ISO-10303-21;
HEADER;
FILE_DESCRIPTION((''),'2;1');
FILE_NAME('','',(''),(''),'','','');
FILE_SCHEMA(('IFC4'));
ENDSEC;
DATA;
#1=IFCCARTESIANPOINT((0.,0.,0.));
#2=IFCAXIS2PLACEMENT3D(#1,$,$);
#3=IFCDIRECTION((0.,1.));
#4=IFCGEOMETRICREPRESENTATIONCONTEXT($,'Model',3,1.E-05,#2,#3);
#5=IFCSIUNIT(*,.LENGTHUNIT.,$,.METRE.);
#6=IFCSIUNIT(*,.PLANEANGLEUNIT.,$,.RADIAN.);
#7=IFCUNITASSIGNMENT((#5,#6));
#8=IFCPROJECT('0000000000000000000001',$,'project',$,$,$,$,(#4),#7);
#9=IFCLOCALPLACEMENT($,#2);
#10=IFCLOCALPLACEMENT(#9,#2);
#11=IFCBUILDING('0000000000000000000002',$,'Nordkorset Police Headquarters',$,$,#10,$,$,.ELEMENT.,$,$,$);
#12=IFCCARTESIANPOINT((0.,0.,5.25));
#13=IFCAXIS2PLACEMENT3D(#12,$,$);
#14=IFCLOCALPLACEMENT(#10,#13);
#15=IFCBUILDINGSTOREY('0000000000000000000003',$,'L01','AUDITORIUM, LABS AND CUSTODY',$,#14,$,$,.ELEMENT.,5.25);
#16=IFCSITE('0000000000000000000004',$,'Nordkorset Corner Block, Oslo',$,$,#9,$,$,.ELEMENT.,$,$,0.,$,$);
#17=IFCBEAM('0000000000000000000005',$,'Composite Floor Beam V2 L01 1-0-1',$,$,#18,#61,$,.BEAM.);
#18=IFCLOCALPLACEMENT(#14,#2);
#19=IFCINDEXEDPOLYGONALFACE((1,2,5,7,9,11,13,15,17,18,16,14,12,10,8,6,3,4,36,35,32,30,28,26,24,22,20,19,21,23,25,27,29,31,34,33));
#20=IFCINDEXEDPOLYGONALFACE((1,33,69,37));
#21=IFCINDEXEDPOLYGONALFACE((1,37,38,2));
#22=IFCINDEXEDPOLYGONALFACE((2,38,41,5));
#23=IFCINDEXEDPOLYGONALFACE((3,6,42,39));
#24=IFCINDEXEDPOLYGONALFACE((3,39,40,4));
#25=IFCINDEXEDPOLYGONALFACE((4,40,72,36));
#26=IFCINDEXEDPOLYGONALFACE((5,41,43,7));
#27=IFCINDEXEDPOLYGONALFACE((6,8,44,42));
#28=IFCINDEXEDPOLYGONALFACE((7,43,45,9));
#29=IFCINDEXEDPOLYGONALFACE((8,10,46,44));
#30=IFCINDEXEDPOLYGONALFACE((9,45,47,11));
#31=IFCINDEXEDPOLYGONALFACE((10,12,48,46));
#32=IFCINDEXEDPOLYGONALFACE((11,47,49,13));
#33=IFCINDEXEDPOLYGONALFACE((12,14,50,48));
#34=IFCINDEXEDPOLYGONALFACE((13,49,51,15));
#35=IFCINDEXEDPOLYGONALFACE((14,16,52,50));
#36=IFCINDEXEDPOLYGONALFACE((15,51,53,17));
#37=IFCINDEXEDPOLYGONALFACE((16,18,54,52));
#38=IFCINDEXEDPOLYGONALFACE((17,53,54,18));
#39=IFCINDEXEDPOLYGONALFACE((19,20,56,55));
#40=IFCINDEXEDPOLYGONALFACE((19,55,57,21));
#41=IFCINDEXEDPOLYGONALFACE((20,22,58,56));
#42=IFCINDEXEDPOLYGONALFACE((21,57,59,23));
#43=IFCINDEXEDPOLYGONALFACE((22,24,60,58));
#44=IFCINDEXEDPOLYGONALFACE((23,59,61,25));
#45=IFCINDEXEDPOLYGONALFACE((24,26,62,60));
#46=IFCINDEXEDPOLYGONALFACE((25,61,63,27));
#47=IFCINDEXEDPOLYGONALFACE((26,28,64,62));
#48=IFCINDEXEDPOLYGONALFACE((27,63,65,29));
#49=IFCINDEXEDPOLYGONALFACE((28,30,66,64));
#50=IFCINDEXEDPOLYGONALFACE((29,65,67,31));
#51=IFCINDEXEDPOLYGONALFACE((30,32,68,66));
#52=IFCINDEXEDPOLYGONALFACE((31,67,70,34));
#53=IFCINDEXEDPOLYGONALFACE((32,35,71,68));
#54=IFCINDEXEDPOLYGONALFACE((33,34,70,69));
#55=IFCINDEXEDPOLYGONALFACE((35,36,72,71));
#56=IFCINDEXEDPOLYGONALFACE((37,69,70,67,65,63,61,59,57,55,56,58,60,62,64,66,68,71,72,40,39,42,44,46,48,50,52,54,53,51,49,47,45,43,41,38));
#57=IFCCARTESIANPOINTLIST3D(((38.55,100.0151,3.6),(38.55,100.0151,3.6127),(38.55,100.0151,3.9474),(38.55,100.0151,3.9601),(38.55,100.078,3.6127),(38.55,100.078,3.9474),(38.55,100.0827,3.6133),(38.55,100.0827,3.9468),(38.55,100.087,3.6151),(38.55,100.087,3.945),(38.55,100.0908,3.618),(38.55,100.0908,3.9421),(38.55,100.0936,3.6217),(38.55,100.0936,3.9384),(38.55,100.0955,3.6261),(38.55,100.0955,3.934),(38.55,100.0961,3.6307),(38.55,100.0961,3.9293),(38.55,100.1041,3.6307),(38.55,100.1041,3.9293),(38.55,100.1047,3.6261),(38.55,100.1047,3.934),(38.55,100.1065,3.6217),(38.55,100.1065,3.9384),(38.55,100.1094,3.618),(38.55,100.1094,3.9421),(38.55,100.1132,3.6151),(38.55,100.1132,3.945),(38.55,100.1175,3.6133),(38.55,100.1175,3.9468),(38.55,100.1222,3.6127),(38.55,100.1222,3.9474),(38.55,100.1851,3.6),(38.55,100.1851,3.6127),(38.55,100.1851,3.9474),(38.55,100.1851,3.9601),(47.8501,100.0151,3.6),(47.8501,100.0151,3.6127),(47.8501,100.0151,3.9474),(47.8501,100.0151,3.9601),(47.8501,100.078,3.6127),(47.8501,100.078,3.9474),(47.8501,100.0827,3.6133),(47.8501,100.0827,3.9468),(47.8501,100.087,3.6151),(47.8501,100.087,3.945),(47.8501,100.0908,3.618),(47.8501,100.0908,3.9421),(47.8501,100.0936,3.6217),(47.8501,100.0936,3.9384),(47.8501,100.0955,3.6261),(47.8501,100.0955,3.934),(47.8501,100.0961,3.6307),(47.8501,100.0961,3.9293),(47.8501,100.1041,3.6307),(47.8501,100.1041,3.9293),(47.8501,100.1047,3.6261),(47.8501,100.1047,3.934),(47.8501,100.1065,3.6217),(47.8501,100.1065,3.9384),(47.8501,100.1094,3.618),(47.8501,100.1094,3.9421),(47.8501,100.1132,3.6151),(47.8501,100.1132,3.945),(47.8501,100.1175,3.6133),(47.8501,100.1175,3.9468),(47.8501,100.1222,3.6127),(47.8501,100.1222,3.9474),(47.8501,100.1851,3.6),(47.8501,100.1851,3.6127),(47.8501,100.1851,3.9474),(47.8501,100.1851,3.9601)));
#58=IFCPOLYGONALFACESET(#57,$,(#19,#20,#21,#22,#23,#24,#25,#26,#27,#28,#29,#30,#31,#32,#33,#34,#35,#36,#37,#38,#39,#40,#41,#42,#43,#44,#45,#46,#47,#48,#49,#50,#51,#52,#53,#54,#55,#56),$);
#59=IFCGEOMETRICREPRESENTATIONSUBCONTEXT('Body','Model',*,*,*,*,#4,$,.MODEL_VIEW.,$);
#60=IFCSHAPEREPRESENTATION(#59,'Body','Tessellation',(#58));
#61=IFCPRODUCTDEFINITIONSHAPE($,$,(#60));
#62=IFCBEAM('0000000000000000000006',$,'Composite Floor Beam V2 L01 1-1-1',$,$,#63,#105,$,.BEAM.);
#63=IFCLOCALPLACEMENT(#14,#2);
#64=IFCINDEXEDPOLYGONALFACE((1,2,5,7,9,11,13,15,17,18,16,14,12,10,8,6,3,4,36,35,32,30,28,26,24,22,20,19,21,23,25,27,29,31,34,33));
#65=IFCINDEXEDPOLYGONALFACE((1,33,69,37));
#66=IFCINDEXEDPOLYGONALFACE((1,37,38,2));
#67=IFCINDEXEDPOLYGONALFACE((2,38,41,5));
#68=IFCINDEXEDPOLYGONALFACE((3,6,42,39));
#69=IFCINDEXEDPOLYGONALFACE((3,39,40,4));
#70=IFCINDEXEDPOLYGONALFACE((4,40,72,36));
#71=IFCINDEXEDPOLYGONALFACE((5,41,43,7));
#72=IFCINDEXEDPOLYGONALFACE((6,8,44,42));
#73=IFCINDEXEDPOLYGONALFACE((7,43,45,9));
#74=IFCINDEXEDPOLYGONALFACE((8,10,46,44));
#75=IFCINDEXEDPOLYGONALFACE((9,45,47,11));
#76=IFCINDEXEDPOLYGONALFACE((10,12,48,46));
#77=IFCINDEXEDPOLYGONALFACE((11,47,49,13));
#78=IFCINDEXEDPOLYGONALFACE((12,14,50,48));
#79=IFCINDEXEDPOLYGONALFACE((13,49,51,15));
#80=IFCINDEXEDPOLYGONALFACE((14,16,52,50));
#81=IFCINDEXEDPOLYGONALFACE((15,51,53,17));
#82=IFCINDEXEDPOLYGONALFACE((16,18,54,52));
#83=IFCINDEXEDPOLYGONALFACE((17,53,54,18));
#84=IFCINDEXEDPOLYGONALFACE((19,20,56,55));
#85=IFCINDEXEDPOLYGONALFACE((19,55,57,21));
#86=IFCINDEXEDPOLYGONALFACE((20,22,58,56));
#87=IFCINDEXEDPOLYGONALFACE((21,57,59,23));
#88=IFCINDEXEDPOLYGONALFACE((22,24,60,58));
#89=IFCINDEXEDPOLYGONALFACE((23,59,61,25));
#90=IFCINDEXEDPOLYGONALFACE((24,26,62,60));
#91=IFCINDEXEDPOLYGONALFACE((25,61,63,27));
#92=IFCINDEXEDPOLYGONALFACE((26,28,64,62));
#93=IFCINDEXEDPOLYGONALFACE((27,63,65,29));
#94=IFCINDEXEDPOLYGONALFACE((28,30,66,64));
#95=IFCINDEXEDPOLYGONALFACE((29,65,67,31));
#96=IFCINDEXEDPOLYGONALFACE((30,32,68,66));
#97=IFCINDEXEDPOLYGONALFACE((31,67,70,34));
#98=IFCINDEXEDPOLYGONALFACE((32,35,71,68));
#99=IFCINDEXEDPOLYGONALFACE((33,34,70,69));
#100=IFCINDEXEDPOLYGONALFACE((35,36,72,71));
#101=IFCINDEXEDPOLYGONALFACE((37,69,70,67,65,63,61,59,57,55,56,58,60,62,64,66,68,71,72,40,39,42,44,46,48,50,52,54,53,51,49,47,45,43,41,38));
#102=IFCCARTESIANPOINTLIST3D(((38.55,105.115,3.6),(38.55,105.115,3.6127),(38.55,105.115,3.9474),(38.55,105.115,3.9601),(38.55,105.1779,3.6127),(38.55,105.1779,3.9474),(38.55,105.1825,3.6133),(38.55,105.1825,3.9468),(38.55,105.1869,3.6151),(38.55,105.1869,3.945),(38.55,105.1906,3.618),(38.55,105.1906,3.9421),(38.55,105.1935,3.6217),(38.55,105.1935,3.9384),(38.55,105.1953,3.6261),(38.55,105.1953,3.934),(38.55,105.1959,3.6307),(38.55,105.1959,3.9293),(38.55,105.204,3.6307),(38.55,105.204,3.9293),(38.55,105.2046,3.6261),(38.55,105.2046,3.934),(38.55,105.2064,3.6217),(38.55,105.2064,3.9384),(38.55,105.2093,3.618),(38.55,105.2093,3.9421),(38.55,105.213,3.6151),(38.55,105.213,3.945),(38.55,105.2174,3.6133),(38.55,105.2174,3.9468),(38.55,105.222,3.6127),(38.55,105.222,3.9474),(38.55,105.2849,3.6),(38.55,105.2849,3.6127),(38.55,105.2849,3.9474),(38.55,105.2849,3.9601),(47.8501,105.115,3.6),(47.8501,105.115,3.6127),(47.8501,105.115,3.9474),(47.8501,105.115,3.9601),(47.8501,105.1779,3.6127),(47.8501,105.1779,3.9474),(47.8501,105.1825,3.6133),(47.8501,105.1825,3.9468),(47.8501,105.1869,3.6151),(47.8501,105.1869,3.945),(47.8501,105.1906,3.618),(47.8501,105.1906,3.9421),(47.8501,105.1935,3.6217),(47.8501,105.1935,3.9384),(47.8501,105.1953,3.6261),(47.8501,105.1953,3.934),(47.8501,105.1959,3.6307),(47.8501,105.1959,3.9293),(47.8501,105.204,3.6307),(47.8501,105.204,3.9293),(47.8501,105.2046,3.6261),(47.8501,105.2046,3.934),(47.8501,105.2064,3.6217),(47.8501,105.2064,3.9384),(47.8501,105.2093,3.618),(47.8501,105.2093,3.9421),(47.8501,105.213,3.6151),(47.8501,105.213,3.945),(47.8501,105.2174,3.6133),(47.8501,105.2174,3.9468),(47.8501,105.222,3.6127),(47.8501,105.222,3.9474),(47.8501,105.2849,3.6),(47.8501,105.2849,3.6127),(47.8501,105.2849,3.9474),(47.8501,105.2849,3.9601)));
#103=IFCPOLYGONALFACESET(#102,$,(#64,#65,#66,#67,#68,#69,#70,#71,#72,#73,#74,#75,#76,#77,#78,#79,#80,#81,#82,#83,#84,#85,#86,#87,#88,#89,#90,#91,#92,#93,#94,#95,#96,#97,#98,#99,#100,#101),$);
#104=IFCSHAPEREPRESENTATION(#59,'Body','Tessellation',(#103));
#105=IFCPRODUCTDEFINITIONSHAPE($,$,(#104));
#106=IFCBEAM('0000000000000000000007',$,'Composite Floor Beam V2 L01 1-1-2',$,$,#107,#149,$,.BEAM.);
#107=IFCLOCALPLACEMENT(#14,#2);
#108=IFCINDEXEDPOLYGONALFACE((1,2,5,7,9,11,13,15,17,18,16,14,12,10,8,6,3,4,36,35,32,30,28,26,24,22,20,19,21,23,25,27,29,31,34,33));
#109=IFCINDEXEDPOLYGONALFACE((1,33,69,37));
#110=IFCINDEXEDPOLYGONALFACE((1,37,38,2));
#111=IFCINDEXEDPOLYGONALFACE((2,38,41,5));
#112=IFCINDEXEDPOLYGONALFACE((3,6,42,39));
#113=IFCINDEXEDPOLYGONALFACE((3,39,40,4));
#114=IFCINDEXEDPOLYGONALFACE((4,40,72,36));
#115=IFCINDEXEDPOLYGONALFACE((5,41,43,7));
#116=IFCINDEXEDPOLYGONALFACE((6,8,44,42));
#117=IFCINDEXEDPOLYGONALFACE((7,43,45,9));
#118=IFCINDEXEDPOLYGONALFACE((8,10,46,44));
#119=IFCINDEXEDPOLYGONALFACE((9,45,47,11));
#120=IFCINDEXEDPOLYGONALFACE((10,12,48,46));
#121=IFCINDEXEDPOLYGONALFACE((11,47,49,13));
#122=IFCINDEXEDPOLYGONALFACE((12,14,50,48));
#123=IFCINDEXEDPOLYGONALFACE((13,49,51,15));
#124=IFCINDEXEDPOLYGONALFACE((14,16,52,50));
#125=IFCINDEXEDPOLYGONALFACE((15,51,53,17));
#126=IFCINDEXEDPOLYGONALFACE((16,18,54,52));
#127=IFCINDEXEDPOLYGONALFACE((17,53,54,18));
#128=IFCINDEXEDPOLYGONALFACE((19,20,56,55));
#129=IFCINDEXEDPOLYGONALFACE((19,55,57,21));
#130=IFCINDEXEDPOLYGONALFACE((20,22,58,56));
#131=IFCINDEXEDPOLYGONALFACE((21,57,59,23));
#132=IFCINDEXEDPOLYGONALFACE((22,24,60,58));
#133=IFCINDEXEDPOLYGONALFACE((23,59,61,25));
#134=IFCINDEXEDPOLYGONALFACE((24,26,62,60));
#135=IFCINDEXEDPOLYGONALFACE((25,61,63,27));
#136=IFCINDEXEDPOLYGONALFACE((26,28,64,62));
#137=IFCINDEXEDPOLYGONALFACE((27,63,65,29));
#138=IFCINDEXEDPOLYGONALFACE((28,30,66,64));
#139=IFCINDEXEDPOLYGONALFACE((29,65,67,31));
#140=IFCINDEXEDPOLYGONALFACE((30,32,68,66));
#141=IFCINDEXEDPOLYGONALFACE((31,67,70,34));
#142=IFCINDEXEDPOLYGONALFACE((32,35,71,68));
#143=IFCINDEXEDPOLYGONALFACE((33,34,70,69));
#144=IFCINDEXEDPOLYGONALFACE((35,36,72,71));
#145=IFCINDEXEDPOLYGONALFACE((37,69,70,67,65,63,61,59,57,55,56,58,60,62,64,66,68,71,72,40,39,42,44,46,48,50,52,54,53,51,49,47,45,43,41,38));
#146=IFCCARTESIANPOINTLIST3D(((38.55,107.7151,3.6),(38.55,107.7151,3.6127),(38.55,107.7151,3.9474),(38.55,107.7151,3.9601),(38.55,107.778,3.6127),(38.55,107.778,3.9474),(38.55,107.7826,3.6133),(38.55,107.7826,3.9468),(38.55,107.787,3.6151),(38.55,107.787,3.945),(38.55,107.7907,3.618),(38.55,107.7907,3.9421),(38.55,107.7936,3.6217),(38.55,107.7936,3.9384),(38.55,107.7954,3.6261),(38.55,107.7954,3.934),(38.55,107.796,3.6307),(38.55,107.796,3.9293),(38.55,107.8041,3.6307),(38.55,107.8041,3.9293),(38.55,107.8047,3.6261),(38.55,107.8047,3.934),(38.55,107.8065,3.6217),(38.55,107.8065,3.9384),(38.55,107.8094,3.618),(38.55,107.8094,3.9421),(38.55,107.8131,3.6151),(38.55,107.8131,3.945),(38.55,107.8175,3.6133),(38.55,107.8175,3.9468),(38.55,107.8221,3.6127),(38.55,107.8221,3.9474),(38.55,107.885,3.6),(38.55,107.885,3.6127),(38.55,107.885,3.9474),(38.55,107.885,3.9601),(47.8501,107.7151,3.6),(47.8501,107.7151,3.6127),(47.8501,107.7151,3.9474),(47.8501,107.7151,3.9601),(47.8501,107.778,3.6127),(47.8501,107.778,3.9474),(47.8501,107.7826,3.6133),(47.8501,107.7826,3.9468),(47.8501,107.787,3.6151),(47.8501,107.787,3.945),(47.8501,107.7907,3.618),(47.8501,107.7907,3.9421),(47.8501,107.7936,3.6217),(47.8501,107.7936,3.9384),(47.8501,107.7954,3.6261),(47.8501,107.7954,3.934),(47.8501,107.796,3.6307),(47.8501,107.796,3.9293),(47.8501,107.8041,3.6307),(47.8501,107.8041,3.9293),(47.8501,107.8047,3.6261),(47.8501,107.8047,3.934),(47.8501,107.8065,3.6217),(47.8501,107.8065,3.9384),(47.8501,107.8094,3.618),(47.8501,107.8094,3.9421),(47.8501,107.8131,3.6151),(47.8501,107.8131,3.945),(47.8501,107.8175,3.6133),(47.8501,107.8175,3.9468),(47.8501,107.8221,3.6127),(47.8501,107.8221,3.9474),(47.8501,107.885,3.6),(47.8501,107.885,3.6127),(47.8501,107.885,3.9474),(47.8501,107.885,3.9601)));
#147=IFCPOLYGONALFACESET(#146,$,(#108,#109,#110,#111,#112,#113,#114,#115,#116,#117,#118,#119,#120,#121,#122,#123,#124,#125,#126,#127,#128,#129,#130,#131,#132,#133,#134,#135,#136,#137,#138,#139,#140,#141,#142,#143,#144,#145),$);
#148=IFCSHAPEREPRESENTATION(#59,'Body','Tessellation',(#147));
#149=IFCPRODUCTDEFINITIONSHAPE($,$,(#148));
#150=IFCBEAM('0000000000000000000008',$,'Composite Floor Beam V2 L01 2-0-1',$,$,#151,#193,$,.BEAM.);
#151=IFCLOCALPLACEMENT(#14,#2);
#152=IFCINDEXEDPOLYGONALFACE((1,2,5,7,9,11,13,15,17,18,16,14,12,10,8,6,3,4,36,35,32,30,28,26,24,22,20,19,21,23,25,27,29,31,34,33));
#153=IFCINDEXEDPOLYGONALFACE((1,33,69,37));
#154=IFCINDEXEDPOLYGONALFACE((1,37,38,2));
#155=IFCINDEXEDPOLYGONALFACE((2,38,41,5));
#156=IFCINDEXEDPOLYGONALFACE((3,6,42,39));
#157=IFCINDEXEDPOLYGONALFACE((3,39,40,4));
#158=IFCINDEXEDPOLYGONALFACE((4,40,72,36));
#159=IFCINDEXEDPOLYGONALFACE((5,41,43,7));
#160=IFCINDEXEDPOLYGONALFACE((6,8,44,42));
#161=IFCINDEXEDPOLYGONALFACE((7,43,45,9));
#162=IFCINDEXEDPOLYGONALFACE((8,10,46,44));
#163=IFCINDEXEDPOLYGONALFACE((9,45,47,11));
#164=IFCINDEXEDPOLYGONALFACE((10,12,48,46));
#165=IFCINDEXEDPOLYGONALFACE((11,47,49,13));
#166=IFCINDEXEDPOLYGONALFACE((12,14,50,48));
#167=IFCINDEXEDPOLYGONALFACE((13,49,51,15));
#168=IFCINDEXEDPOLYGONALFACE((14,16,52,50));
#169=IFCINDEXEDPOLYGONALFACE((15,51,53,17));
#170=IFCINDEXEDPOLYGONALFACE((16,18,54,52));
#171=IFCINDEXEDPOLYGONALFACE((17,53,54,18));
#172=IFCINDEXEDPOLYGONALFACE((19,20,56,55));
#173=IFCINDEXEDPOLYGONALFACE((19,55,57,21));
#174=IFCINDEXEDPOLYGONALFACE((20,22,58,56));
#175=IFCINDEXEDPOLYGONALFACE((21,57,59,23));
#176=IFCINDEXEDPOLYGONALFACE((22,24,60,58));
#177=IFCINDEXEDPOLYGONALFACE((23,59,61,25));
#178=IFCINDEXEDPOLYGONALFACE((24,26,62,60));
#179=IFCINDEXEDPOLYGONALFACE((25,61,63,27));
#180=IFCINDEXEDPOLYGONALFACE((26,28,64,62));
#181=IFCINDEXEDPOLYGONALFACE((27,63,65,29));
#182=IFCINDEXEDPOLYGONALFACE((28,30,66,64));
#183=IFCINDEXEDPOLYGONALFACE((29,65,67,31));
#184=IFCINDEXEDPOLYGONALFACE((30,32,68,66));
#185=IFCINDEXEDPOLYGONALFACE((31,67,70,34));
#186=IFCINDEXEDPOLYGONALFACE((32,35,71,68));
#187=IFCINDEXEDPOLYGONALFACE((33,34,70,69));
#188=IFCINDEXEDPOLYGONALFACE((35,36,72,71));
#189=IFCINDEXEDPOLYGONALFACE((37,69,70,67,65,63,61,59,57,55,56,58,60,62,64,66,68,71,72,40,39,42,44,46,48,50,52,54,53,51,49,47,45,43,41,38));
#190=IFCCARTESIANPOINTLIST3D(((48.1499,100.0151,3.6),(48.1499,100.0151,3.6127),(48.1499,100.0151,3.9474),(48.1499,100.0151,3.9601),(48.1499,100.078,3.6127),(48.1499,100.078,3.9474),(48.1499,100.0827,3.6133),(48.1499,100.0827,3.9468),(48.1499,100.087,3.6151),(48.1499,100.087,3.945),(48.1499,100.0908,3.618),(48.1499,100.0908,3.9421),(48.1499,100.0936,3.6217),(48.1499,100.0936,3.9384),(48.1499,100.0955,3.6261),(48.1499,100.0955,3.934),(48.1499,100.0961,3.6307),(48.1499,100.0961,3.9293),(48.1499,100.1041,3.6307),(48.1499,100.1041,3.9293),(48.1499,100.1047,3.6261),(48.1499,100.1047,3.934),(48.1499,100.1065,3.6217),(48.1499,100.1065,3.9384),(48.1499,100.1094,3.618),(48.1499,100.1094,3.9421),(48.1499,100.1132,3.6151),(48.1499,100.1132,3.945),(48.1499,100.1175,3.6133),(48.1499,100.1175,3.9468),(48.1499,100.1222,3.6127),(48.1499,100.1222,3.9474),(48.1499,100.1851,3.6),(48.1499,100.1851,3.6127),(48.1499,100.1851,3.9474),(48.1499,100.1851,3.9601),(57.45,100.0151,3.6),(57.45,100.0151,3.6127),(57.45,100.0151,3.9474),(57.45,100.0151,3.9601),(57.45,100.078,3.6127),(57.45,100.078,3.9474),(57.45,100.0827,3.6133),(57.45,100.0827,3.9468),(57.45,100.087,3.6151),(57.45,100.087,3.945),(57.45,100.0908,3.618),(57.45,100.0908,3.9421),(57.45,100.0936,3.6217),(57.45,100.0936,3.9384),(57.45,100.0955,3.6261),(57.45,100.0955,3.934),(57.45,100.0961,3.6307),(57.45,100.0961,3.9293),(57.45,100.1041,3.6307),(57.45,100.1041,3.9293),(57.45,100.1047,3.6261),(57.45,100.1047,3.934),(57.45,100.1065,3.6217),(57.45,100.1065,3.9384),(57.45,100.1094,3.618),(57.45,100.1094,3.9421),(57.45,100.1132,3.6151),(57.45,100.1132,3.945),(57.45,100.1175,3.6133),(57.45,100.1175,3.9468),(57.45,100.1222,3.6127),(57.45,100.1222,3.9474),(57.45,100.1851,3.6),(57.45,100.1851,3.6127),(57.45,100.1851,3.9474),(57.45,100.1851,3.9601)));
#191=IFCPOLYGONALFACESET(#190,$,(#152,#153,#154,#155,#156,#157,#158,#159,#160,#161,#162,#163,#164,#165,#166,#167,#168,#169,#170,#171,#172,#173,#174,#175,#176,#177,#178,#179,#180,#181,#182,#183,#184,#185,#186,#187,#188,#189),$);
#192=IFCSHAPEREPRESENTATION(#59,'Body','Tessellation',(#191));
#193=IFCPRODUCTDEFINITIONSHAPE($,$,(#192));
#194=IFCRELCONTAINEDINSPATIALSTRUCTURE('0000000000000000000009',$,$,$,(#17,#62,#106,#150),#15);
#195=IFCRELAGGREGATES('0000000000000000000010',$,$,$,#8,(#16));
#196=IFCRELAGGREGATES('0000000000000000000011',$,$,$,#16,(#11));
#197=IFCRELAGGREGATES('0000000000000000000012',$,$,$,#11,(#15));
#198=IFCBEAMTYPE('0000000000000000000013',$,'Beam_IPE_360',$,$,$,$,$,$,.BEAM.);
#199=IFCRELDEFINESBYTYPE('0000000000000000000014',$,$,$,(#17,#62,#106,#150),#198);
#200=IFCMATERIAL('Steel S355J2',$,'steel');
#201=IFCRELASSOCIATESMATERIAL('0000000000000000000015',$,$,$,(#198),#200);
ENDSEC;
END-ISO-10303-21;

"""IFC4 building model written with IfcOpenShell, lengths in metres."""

from ifc_helpers import new_model, si_unit, direction, frame, origin, origin_2d, place, context, subcontext, project, spatial, i_section, extrude, material, material_profile, profile_set, type_object, element, save


model = new_model("IFC4")

# Units and contexts
model_context = context("Model", 3, precision=1e-05, world=origin(), true_north=direction((0.0, 1.0)))
body_context = subcontext(model_context, "Body", "Model", "MODEL_VIEW")
ifc_project = project(units=[si_unit("LENGTHUNIT", "METRE"), si_unit("PLANEANGLEUNIT", "RADIAN")], contexts=[model_context])

# Site, building, storey
site_placement = place(None, origin())
site = spatial("IfcSite", under=ifc_project, at=site_placement, Name="Nordkorset Corner Block, Oslo", CompositionType="ELEMENT", RefElevation=0.0)
building_placement = place(site_placement, origin())
building = spatial("IfcBuilding", under=site, at=building_placement, Name="Nordkorset Police Headquarters", CompositionType="ELEMENT")
storey_placement = place(building_placement, frame((0.0, 0.0, 5.25)))
storey = spatial("IfcBuildingStorey", under=building, at=storey_placement, Name="L01", Description="AUDITORIUM, LABS AND CUSTODY", CompositionType="ELEMENT", Elevation=5.25)

# Beams
ifc_material_1 = material(Name="Steel S355J2", Category="steel")
ifc_material_profile_1 = material_profile(ifc_material_1, i_section(OverallWidth=0.1699, OverallDepth=0.3601, WebThickness=0.0081, FlangeThickness=0.0127, FilletRadius=0.0181, at=origin_2d()), Name="IPE 360")
ifc_profile_set_1 = profile_set([ifc_material_profile_1], Name="Steel S355J2")
beam_type_1 = type_object("IfcBeamType", Name="Beam_IPE_360", PredefinedType="BEAM", material=ifc_profile_set_1)
for number, where, z_axis, x_axis, name in (
    (1, (38.55, 100.1001, 3.78), (1.0, 0.0, 0.0), (0.0, 1.0, 0.0), "Composite Floor Beam V2 L01 1-0-1"),
    (2, (38.55, 105.2, 3.78), (1.0, 0.0, 0.0), (0.0, 1.0, 0.0), "Composite Floor Beam V2 L01 1-1-1"),
    (3, (38.55, 107.8, 3.78), (1.0, 0.0, 0.0), (0.0, 1.0, 0.0), "Composite Floor Beam V2 L01 1-1-2"),
    (4, (48.1499, 100.1001, 3.78), (1.0, 0.0, 0.0), (0.0, 1.0, 0.0), "Composite Floor Beam V2 L01 2-0-1"),
):
    element("IfcBeam", number, at=place(storey_placement, frame(where, z_axis=z_axis, x_axis=x_axis)), inside=storey, type_object=beam_type_1, Name=name, PredefinedType="BEAM", context=body_context, shape_type="SweptSolid", body=[
        extrude(i_section(OverallWidth=0.1699, OverallDepth=0.3601, WebThickness=0.0081, FlangeThickness=0.0127, FilletRadius=0.0181, at=origin_2d()), origin(), (0.0, 0.0, 1.0), 9.3),
    ])

save(model, "model.ifc")
